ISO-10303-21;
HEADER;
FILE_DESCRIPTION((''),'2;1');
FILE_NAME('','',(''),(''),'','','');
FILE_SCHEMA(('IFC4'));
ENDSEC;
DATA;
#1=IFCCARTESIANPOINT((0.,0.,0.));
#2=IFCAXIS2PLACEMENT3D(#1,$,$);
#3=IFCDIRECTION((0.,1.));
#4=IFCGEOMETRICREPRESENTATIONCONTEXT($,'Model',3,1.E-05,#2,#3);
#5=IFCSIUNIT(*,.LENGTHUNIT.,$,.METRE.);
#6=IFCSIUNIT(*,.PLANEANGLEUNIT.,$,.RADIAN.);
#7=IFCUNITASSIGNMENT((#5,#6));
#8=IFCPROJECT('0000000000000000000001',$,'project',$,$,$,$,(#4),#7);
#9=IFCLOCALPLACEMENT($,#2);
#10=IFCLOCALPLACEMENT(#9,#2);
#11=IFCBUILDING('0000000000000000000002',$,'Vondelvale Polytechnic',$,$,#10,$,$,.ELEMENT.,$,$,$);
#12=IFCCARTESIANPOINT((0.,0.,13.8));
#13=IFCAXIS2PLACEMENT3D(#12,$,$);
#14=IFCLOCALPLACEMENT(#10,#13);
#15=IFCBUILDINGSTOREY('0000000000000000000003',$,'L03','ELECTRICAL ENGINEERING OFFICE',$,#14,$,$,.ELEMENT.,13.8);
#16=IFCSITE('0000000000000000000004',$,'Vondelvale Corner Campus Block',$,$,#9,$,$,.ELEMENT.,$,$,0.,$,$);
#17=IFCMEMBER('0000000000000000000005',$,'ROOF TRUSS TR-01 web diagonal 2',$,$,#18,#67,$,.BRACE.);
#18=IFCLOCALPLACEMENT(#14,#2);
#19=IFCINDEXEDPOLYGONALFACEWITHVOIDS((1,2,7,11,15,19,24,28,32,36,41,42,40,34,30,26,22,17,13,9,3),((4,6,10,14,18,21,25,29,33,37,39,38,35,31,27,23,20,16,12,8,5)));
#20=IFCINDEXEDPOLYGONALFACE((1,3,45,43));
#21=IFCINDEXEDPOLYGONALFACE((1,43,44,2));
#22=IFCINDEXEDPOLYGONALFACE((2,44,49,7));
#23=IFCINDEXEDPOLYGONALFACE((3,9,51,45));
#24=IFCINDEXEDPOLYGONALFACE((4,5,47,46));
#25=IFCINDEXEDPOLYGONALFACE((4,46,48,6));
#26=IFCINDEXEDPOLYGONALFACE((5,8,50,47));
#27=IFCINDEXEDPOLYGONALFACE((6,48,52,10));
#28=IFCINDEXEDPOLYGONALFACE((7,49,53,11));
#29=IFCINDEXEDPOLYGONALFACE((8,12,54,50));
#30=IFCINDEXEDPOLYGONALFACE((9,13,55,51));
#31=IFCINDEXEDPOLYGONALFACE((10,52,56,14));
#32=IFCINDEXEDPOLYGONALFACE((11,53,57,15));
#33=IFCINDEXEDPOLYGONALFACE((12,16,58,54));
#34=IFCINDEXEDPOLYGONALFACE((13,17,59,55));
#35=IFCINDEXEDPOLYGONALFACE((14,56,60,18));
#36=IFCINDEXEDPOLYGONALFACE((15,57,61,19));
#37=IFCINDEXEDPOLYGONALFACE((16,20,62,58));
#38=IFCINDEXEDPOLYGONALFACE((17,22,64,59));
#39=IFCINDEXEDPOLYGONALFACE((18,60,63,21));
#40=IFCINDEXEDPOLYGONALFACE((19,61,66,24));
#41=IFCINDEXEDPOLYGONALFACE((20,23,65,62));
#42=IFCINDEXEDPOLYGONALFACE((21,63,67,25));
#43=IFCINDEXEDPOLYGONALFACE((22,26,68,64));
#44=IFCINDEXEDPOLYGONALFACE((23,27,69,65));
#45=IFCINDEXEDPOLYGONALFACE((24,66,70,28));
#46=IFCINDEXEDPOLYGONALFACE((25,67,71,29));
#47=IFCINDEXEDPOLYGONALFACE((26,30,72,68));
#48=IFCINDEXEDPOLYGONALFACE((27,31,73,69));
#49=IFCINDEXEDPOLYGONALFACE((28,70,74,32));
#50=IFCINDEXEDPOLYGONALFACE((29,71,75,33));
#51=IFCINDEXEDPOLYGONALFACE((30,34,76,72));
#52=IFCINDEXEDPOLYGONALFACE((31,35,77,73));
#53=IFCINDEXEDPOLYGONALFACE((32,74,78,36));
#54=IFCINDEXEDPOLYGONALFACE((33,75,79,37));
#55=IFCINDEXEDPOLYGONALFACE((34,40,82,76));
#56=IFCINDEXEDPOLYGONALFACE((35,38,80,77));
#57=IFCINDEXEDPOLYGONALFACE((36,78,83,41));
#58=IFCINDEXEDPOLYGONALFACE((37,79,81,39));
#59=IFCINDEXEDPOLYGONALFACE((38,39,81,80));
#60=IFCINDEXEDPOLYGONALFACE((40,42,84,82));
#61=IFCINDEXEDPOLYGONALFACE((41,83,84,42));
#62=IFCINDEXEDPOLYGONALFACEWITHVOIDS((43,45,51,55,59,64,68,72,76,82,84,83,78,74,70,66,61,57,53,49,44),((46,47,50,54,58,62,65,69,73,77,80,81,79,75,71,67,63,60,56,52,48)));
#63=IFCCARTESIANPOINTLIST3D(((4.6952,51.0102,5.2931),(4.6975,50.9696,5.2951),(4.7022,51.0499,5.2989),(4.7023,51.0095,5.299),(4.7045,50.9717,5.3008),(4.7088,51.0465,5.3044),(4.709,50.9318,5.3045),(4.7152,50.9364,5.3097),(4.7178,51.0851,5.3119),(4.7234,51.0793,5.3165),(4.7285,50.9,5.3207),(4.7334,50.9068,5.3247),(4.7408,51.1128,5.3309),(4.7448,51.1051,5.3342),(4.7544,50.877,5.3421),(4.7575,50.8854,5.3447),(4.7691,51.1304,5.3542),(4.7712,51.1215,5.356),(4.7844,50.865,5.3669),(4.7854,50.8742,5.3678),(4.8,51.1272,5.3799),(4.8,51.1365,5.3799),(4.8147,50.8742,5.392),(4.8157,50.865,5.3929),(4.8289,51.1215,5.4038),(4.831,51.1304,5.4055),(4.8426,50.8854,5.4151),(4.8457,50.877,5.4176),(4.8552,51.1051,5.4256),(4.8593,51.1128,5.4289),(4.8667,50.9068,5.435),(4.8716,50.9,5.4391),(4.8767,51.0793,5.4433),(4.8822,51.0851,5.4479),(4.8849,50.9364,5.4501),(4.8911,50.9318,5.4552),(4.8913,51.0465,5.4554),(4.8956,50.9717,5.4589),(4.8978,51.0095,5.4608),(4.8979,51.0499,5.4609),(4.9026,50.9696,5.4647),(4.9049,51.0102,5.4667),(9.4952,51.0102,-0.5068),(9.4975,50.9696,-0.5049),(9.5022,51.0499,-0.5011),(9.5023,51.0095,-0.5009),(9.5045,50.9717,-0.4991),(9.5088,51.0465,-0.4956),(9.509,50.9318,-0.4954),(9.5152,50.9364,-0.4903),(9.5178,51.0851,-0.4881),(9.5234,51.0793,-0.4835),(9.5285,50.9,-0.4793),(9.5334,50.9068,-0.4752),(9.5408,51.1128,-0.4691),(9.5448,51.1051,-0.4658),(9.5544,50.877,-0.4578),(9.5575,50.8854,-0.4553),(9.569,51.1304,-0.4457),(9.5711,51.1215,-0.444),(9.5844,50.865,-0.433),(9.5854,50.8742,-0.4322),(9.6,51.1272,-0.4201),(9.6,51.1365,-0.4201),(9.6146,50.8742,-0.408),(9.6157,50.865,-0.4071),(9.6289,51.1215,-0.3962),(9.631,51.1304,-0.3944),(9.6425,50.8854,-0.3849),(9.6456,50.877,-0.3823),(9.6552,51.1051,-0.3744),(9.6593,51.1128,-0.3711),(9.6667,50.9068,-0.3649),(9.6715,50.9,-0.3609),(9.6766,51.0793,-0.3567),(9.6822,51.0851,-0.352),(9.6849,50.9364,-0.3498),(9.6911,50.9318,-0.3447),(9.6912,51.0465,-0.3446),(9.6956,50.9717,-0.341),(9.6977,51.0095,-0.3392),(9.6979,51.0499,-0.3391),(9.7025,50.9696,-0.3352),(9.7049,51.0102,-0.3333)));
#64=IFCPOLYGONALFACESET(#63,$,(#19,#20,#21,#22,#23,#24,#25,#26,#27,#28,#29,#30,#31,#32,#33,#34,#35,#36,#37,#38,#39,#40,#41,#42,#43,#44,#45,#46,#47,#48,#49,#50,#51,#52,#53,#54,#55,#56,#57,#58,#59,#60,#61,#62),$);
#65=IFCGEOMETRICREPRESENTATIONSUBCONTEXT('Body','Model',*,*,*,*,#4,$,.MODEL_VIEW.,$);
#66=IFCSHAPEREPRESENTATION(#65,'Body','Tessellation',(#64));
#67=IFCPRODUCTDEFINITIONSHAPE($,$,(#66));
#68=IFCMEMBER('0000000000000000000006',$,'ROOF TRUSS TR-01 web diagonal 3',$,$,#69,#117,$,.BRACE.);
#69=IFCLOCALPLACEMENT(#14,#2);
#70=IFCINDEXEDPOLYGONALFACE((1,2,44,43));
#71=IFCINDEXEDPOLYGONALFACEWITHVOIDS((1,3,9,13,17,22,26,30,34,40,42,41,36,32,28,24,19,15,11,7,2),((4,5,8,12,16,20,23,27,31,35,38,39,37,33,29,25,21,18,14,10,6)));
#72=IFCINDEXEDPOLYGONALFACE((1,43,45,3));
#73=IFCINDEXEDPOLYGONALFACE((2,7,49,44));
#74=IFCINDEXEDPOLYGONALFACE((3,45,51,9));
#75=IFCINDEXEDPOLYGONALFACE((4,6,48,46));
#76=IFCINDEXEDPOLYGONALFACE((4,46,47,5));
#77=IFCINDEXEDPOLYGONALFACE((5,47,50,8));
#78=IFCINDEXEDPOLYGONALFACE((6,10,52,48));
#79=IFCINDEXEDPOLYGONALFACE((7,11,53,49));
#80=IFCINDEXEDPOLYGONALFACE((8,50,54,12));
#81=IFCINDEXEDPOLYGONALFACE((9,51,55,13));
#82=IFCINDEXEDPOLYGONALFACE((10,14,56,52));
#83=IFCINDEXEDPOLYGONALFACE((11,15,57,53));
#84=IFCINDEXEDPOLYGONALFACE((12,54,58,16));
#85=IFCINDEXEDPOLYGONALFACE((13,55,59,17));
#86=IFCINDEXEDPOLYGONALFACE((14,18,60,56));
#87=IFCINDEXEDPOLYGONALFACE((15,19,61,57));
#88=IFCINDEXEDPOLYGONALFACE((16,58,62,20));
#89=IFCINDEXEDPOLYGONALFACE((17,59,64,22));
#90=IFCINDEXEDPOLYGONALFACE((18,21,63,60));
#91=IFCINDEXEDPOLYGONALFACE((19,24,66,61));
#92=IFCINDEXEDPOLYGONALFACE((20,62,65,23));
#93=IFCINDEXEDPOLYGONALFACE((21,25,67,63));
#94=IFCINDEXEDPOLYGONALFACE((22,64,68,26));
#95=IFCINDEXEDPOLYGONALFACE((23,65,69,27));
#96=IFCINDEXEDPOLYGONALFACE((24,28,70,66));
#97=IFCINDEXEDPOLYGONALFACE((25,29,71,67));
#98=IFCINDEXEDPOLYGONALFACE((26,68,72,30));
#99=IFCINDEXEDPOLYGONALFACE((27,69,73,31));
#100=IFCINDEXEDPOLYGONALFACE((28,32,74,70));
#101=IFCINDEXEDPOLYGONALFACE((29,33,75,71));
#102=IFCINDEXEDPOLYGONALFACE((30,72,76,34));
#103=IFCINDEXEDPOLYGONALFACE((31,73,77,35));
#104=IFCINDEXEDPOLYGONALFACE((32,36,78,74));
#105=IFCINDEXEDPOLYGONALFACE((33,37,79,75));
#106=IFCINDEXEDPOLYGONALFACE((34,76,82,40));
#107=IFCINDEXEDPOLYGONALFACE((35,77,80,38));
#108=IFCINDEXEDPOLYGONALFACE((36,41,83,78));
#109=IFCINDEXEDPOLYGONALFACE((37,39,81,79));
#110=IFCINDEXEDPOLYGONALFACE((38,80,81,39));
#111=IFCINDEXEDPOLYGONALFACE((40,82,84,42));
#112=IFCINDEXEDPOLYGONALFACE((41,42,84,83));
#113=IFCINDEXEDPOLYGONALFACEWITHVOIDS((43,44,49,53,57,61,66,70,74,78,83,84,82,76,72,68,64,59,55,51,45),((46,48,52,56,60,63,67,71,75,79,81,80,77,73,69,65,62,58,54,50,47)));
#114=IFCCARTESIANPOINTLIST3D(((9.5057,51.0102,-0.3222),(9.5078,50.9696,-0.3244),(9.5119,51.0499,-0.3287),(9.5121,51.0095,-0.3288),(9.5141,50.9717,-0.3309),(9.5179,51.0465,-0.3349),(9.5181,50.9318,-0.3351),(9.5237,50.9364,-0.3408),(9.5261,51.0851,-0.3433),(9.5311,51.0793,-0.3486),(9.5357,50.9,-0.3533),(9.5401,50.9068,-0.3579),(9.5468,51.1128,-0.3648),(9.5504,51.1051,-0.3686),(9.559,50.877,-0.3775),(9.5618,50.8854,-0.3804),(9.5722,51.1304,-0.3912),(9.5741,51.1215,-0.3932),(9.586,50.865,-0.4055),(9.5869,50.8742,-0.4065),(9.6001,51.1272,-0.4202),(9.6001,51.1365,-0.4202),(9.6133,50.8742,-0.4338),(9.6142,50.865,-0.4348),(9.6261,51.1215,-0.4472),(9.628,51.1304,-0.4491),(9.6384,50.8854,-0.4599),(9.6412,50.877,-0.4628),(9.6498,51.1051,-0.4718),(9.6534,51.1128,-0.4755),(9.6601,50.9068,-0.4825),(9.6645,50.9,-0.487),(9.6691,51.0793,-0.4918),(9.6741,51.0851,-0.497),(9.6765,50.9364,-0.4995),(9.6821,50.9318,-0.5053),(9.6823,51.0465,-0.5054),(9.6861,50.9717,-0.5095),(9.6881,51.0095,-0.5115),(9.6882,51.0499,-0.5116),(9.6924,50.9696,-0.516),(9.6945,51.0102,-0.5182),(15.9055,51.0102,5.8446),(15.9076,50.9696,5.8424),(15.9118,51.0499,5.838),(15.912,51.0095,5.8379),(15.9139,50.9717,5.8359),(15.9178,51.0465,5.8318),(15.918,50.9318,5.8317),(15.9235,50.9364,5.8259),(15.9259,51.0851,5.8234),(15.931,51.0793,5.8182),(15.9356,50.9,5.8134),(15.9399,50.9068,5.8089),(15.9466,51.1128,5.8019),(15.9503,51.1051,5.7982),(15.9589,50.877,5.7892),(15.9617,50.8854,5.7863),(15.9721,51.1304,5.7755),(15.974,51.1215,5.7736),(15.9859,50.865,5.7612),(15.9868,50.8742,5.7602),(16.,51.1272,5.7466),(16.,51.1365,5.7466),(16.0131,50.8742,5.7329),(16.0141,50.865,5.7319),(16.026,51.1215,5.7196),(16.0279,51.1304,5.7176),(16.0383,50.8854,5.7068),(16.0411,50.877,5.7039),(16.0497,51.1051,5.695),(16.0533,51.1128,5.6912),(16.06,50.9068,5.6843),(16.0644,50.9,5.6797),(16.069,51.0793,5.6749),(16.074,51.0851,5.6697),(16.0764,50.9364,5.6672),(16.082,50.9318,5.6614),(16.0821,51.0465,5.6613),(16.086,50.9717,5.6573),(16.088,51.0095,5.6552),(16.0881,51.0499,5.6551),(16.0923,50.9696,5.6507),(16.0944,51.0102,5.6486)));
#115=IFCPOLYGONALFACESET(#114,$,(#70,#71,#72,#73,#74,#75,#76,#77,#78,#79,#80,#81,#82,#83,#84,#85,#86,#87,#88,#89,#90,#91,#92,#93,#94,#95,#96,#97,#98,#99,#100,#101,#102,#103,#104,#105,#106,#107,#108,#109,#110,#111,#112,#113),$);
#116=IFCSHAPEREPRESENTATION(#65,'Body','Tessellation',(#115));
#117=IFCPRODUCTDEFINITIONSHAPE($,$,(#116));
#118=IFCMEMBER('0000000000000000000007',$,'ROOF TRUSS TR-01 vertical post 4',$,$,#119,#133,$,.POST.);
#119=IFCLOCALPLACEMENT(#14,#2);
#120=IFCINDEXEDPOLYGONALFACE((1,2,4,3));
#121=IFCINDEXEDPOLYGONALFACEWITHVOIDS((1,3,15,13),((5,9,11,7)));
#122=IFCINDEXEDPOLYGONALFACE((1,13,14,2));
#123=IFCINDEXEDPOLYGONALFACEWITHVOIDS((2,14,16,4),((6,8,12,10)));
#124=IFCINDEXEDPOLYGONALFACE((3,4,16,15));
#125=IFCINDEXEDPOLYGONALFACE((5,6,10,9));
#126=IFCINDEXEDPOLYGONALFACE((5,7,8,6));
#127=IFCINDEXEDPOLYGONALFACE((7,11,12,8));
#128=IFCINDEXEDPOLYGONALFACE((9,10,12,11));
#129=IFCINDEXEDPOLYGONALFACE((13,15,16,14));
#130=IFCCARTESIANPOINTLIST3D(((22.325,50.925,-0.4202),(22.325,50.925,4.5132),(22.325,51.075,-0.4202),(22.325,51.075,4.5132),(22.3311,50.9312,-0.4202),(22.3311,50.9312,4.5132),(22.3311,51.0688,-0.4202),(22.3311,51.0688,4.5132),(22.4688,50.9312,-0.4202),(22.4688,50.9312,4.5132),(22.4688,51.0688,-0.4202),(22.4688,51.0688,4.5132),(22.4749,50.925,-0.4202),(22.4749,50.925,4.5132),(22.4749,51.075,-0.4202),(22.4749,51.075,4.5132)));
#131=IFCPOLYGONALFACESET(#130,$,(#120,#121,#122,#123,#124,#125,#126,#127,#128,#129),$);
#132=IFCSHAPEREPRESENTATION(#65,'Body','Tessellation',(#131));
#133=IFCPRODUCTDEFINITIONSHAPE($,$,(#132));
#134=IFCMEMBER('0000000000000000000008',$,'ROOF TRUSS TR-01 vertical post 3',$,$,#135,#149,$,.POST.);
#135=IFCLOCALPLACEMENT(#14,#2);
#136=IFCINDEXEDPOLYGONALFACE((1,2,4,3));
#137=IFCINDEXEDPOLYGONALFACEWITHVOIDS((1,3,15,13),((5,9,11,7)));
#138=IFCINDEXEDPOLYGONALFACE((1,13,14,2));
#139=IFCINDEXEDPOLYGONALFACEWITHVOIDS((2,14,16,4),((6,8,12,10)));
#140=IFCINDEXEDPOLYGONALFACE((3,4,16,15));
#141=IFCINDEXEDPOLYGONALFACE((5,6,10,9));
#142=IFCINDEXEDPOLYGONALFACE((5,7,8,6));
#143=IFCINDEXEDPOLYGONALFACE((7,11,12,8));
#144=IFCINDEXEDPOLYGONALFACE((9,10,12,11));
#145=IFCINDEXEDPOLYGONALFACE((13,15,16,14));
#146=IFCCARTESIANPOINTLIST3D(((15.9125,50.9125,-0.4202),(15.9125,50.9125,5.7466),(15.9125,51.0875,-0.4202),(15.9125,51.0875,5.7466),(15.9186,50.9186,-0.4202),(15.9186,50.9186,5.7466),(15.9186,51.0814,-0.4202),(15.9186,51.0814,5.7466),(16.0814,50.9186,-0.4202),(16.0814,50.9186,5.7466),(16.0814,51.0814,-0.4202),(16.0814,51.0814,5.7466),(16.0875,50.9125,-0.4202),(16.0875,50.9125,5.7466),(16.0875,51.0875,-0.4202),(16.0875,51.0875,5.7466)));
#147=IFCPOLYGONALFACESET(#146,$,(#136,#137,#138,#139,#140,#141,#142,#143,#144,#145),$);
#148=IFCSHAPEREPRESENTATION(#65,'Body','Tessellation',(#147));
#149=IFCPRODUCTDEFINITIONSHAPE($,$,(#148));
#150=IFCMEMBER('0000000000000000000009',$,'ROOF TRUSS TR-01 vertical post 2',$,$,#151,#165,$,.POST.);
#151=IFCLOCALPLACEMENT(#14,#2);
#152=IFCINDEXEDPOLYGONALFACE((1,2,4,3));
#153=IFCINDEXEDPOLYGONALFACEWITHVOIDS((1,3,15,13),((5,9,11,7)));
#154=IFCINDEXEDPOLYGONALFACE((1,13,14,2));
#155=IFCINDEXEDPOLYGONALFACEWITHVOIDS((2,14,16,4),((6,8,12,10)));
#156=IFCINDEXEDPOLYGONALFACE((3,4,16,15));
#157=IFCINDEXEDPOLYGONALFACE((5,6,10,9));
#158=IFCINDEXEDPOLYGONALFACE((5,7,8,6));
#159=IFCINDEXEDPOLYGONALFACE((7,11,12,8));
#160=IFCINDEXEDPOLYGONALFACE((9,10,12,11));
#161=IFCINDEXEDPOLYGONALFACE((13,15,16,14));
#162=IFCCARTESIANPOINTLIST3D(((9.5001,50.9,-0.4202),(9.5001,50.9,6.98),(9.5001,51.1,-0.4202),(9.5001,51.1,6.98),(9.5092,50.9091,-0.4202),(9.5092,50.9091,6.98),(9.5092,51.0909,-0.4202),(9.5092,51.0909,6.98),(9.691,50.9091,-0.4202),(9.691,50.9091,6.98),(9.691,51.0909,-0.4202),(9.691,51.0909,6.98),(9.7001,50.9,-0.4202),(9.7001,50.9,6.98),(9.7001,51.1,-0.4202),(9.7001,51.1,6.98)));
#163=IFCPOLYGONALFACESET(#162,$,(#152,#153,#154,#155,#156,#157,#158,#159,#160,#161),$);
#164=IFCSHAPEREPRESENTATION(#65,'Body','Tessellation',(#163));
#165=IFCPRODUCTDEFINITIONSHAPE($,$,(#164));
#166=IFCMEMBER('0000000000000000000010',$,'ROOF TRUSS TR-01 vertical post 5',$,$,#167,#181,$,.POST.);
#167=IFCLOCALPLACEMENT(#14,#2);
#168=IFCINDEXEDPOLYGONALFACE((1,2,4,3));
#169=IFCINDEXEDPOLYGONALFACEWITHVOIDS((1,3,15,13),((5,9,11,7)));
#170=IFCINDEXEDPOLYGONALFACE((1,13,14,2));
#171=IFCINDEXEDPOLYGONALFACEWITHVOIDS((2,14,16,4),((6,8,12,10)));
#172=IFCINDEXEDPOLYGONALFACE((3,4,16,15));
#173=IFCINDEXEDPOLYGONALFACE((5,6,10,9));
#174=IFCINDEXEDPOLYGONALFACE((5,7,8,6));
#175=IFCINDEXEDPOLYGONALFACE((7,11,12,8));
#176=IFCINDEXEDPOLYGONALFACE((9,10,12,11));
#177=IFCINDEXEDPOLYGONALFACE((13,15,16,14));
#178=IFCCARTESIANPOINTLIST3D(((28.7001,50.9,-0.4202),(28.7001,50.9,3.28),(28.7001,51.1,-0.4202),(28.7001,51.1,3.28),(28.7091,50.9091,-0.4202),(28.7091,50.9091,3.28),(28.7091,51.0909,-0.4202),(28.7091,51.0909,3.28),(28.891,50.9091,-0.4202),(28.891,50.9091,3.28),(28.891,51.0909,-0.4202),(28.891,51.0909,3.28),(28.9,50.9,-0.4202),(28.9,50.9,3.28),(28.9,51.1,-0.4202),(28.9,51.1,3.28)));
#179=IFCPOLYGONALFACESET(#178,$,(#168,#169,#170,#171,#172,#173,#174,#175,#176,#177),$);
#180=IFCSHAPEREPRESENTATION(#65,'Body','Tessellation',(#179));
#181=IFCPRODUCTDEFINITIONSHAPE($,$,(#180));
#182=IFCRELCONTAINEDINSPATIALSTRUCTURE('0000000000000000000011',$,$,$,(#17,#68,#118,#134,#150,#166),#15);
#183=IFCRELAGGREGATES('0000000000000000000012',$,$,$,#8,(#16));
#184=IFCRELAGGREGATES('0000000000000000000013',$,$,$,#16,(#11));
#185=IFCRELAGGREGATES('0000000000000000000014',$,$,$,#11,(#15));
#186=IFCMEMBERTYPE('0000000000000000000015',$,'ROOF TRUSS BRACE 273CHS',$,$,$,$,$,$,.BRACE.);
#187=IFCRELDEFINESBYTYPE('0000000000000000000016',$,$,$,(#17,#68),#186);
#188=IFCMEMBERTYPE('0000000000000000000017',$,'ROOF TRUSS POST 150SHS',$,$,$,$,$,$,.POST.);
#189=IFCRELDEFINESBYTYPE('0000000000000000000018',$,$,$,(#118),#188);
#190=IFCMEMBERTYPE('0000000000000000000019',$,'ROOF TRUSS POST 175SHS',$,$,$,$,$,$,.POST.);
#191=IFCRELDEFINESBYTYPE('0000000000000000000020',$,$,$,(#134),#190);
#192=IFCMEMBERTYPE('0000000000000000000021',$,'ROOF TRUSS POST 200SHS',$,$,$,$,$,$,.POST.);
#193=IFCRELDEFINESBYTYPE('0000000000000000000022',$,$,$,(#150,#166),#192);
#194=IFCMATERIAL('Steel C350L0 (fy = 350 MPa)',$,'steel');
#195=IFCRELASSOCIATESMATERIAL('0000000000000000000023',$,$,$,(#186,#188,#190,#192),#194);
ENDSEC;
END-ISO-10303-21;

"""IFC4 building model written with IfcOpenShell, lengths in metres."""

from ifc_helpers import new_model, si_unit, direction, frame, origin, origin_2d, place, context, subcontext, project, spatial, hollow_rectangle, hollow_circle, extrude, material, material_profile, profile_set, type_object, element, save


model = new_model("IFC4")

# Units and contexts
model_context = context("Model", 3, precision=1e-05, world=origin(), true_north=direction((0.0, 1.0)))
body_context = subcontext(model_context, "Body", "Model", "MODEL_VIEW")
ifc_project = project(units=[si_unit("LENGTHUNIT", "METRE"), si_unit("PLANEANGLEUNIT", "RADIAN")], contexts=[model_context])

# Site, building, storey
site_placement = place(None, origin())
site = spatial("IfcSite", under=ifc_project, at=site_placement, Name="Vondelvale Corner Campus Block", CompositionType="ELEMENT", RefElevation=0.0)
building_placement = place(site_placement, origin())
building = spatial("IfcBuilding", under=site, at=building_placement, Name="Vondelvale Polytechnic", CompositionType="ELEMENT")
storey_placement = place(building_placement, frame((0.0, 0.0, 13.8)))
storey = spatial("IfcBuildingStorey", under=building, at=storey_placement, Name="L03", Description="ELECTRICAL ENGINEERING OFFICE", CompositionType="ELEMENT", Elevation=13.8)

# Members
ifc_material_1 = material(Name="Steel C350L0 (fy = 350 MPa)", Category="steel")
ifc_material_profile_1 = material_profile(ifc_material_1, hollow_circle(Radius=0.1365, WallThickness=0.0093, at=origin_2d()), Name="273.1x9.3CHS")
ifc_profile_set_1 = profile_set([ifc_material_profile_1], Name="Steel C350L0 (fy = 350 MPa)")
member_type_1 = type_object("IfcMemberType", Name="ROOF TRUSS BRACE 273CHS", PredefinedType="BRACE", material=ifc_profile_set_1)
member_1_placement = place(storey_placement, frame((4.8, 51.0, 5.3799), z_axis=(0.637568, 0.0, -0.770394), x_axis=(0.0, 1.0, 0.0)))
element("IfcMember", 1, at=member_1_placement, inside=storey, type_object=member_type_1, Name="ROOF TRUSS TR-01 web diagonal 2", PredefinedType="BRACE", context=body_context, shape_type="SweptSolid", body=[
    extrude(hollow_circle(Radius=0.1365, WallThickness=0.0093, at=origin_2d()), origin(), (0.0, 0.0, 1.0), 7.5286),
])
member_2_placement = place(storey_placement, frame((9.6001, 51.0, -0.4202), z_axis=(0.720102, 0.0, 0.693868), x_axis=(0.0, 1.0, 0.0)))
element("IfcMember", 2, at=member_2_placement, inside=storey, type_object=member_type_1, Name="ROOF TRUSS TR-01 web diagonal 3", PredefinedType="BRACE", context=body_context, shape_type="SweptSolid", body=[
    extrude(hollow_circle(Radius=0.1365, WallThickness=0.0093, at=origin_2d()), origin(), (0.0, 0.0, 1.0), 8.8875),
])
ifc_material_profile_2 = material_profile(ifc_material_1, hollow_rectangle(XDim=0.1499, YDim=0.1499, WallThickness=0.0061, at=origin_2d()), Name="150x150x6.0SHS")
ifc_profile_set_2 = profile_set([ifc_material_profile_2], Name="Steel C350L0 (fy = 350 MPa)")
member_type_2 = type_object("IfcMemberType", Name="ROOF TRUSS POST 150SHS", PredefinedType="POST", material=ifc_profile_set_2)
member_3_placement = place(storey_placement, frame((22.3999, 51.0, -0.4202), z_axis=(0.0, 0.0, 1.0), x_axis=(1.0, 0.0, 0.0)))
element("IfcMember", 3, at=member_3_placement, inside=storey, type_object=member_type_2, Name="ROOF TRUSS TR-01 vertical post 4", PredefinedType="POST", context=body_context, shape_type="SweptSolid", body=[
    extrude(hollow_rectangle(XDim=0.1499, YDim=0.1499, WallThickness=0.0061, at=origin_2d()), origin(), (0.0, 0.0, 1.0), 4.9333),
])
ifc_material_profile_3 = material_profile(ifc_material_1, hollow_rectangle(XDim=0.175, YDim=0.175, WallThickness=0.0061, at=origin_2d()), Name="175x175x6.0SHS")
ifc_profile_set_3 = profile_set([ifc_material_profile_3], Name="Steel C350L0 (fy = 350 MPa)")
member_type_3 = type_object("IfcMemberType", Name="ROOF TRUSS POST 175SHS", PredefinedType="POST", material=ifc_profile_set_3)
member_4_placement = place(storey_placement, frame((16.0, 51.0, -0.4202), z_axis=(0.0, 0.0, 1.0), x_axis=(1.0, 0.0, 0.0)))
element("IfcMember", 4, at=member_4_placement, inside=storey, type_object=member_type_3, Name="ROOF TRUSS TR-01 vertical post 3", PredefinedType="POST", context=body_context, shape_type="SweptSolid", body=[
    extrude(hollow_rectangle(XDim=0.175, YDim=0.175, WallThickness=0.0061, at=origin_2d()), origin(), (0.0, 0.0, 1.0), 6.1667),
])
ifc_material_profile_4 = material_profile(ifc_material_1, hollow_rectangle(XDim=0.2, YDim=0.2, WallThickness=0.009, at=origin_2d()), Name="200x200x9.0SHS")
ifc_profile_set_4 = profile_set([ifc_material_profile_4], Name="Steel C350L0 (fy = 350 MPa)")
member_type_4 = type_object("IfcMemberType", Name="ROOF TRUSS POST 200SHS", PredefinedType="POST", material=ifc_profile_set_4)
member_5_placement = place(storey_placement, frame((9.6001, 51.0, -0.4202), z_axis=(0.0, 0.0, 1.0), x_axis=(1.0, 0.0, 0.0)))
element("IfcMember", 5, at=member_5_placement, inside=storey, type_object=member_type_4, Name="ROOF TRUSS TR-01 vertical post 2", PredefinedType="POST", context=body_context, shape_type="SweptSolid", body=[
    extrude(hollow_rectangle(XDim=0.2, YDim=0.2, WallThickness=0.009, at=origin_2d()), origin(), (0.0, 0.0, 1.0), 7.4001),
])
member_6_placement = place(storey_placement, frame((28.8, 51.0, -0.4202), z_axis=(0.0, 0.0, 1.0), x_axis=(1.0, 0.0, 0.0)))
element("IfcMember", 6, at=member_6_placement, inside=storey, type_object=member_type_4, Name="ROOF TRUSS TR-01 vertical post 5", PredefinedType="POST", context=body_context, shape_type="SweptSolid", body=[
    extrude(hollow_rectangle(XDim=0.2, YDim=0.2, WallThickness=0.009, at=origin_2d()), origin(), (0.0, 0.0, 1.0), 3.7002),
])

save(model, "model.ifc")
